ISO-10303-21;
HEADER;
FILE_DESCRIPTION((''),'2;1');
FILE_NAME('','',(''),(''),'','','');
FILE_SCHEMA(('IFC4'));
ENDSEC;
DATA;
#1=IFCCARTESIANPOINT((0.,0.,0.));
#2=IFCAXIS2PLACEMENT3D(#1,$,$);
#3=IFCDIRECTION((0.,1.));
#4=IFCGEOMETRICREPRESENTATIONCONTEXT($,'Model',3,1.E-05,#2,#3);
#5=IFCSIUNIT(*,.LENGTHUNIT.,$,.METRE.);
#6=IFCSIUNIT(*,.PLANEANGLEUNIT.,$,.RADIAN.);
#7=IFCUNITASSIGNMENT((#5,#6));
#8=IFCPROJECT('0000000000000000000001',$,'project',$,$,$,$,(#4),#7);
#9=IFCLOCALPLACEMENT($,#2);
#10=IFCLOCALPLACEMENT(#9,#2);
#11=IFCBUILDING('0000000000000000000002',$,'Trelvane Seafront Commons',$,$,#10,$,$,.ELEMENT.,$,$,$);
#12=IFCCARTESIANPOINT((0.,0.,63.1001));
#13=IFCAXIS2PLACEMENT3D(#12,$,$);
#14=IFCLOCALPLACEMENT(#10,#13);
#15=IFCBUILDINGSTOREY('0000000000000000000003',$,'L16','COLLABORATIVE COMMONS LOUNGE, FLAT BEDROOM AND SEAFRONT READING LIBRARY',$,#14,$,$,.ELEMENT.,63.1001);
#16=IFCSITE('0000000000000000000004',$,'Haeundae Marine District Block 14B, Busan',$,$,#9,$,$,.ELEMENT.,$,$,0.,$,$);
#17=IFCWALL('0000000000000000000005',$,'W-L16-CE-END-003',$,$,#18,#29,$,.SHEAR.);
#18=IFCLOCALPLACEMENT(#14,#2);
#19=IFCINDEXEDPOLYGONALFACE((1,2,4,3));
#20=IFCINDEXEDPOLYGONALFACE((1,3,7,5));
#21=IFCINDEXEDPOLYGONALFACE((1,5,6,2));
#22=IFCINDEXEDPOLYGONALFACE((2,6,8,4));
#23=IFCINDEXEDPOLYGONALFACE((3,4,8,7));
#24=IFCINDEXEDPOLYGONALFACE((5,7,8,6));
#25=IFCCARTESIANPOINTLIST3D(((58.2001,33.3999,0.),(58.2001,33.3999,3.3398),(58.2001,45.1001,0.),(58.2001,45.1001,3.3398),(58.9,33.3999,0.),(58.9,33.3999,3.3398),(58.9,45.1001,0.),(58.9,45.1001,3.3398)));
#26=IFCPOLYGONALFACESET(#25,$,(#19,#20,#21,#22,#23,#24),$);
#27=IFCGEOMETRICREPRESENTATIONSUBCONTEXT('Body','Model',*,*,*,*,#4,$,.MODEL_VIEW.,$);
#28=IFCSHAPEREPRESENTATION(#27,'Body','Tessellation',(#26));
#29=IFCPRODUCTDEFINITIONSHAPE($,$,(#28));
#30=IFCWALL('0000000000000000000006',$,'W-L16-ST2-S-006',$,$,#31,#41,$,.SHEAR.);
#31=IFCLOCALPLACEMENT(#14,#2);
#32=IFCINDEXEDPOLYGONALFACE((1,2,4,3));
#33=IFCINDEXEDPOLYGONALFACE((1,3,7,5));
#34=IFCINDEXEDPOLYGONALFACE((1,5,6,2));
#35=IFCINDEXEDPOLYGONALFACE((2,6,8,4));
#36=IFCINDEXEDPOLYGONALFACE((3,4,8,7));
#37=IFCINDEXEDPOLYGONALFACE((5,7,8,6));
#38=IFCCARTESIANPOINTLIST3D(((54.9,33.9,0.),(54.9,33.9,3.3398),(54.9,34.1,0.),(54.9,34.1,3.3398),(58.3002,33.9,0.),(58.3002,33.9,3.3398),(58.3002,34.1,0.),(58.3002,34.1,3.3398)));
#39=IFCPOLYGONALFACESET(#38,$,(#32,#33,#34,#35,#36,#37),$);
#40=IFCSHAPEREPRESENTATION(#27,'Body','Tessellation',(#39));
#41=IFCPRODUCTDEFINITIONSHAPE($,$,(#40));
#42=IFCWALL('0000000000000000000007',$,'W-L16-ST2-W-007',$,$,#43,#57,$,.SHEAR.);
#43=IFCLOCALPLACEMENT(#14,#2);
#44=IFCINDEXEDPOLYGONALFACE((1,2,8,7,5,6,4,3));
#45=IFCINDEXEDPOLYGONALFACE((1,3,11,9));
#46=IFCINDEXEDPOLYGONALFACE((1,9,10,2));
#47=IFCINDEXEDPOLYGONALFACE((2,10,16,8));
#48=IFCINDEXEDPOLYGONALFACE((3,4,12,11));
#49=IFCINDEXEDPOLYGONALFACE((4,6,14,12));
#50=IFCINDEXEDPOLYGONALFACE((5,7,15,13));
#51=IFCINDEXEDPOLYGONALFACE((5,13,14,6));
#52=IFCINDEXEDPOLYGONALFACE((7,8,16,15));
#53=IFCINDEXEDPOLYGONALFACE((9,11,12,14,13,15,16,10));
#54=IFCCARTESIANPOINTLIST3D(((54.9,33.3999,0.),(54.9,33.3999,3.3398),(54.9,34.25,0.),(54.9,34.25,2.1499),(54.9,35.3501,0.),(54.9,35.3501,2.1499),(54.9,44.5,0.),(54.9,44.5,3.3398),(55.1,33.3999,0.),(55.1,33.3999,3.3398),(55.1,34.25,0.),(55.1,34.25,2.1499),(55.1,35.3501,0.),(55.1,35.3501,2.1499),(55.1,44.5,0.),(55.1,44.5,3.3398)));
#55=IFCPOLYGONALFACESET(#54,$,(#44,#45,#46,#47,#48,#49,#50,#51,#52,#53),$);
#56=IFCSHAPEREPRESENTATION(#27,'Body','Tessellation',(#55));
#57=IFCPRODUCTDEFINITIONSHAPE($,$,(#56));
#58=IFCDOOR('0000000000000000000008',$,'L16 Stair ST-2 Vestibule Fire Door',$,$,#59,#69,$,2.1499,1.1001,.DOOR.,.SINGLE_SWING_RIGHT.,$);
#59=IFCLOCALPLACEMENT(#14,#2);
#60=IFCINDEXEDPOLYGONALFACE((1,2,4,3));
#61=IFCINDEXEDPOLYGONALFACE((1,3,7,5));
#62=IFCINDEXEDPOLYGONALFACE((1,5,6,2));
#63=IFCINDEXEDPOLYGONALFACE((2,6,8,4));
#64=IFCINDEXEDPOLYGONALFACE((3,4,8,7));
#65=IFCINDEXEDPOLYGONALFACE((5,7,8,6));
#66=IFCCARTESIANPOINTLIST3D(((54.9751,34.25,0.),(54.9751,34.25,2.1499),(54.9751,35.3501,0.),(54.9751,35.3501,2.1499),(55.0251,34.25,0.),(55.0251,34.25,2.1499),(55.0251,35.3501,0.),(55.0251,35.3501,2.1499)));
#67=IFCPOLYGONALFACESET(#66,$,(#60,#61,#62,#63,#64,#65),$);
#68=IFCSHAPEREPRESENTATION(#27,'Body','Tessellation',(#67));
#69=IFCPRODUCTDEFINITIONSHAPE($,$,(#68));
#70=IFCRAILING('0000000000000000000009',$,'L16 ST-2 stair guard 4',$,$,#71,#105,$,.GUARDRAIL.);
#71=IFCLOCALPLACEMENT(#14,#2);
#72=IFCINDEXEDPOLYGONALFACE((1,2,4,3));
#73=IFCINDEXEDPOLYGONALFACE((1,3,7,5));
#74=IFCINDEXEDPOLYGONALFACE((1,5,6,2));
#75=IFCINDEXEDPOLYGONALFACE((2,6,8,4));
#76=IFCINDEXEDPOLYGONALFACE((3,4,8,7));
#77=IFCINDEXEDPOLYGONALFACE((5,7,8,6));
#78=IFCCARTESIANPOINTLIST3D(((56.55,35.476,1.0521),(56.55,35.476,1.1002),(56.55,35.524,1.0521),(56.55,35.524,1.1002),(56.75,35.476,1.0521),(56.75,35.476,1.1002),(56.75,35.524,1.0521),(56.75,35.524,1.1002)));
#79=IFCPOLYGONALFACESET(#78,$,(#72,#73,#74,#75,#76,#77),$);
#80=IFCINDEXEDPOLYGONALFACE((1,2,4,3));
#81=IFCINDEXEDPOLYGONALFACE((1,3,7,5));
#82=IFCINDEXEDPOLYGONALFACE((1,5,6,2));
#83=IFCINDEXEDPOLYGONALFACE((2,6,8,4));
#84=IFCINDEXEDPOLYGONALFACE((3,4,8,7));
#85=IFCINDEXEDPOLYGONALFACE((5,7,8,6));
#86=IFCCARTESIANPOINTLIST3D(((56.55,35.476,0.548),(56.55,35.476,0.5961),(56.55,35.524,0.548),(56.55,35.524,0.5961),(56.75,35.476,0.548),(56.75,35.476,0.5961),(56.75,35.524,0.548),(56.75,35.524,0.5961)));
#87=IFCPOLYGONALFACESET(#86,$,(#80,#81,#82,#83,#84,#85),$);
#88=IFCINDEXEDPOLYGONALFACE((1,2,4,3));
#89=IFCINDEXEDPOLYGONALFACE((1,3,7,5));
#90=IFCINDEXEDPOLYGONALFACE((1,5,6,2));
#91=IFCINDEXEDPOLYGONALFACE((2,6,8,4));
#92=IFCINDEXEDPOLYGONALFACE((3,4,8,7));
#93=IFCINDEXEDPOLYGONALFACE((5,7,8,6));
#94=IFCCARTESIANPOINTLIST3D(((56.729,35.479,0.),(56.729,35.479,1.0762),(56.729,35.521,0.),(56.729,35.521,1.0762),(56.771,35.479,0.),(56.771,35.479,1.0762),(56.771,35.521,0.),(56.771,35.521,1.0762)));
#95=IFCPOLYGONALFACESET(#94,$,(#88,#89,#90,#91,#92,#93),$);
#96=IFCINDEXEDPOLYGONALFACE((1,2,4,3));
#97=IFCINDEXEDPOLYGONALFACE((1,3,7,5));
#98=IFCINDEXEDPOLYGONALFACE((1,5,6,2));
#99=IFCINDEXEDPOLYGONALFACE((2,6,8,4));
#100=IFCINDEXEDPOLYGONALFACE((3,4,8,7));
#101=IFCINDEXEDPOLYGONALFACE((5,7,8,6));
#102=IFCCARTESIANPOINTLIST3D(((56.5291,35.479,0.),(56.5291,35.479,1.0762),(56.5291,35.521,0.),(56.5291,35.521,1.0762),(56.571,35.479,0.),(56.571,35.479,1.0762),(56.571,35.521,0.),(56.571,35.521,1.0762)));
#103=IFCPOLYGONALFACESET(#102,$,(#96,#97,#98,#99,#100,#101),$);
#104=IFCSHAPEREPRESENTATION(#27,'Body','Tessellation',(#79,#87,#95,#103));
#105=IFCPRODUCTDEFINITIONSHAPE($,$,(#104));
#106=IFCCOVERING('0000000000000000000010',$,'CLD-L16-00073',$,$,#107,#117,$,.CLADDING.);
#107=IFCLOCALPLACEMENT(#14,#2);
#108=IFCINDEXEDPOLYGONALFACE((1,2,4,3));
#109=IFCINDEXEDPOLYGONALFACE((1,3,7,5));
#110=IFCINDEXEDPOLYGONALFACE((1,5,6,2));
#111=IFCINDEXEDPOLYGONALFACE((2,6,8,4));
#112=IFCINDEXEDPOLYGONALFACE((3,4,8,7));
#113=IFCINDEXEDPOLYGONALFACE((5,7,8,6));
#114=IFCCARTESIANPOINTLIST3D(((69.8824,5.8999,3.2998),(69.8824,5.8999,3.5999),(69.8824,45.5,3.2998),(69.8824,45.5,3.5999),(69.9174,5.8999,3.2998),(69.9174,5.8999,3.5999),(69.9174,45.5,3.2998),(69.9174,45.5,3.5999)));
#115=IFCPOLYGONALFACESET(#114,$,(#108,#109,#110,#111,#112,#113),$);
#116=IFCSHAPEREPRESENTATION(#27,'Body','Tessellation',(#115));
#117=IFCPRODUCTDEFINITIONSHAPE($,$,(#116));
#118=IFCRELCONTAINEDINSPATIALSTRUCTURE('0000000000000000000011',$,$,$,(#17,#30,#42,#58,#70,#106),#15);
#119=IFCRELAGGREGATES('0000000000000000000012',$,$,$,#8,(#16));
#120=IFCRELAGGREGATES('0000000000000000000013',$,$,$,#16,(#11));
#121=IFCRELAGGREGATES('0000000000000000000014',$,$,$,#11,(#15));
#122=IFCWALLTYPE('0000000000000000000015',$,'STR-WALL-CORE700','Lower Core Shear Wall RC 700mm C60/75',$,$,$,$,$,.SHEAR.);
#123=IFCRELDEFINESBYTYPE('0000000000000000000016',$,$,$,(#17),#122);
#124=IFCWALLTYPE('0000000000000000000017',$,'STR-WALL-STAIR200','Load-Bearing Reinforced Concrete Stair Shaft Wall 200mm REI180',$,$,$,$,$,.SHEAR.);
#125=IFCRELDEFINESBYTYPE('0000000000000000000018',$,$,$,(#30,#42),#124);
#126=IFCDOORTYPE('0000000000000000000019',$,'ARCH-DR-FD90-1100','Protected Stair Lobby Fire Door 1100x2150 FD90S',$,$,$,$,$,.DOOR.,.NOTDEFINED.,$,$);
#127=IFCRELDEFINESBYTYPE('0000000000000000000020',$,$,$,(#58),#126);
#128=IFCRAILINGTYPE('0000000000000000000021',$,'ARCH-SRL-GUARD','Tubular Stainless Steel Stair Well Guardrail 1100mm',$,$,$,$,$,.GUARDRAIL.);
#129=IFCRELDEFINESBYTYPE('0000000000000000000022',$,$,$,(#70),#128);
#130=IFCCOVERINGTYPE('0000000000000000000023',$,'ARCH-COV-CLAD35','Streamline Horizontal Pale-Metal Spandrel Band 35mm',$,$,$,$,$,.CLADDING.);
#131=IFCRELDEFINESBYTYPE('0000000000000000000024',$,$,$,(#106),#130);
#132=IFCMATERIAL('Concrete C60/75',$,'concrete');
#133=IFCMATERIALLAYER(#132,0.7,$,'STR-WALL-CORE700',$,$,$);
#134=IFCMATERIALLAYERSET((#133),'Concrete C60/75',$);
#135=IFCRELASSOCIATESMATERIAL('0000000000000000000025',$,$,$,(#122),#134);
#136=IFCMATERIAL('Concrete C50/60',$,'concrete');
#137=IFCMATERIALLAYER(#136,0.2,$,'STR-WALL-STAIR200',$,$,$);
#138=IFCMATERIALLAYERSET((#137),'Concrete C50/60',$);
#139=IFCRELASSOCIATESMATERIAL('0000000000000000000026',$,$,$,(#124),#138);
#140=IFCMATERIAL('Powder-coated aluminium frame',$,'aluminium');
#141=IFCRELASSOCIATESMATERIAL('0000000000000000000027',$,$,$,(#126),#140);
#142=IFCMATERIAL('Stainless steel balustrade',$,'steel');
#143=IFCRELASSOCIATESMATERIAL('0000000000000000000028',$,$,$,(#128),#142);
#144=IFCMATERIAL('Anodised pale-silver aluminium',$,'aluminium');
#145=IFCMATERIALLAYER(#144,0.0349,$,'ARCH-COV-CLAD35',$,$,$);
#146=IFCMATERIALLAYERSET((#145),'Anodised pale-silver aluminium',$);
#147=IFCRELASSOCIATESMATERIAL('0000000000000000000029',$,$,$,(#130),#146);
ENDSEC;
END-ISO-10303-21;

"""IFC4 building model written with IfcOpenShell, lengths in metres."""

from ifc_helpers import new_model, si_unit, direction, frame, frame_2d, origin, origin_2d, place, context, subcontext, project, spatial, rectangle, extrude, source, transform, mapped, material, layer, layer_set, type_object, element, fill, save


model = new_model("IFC4")

# Units and contexts
model_context = context("Model", 3, precision=1e-05, world=origin(), true_north=direction((0.0, 1.0)))
body_context = subcontext(model_context, "Body", "Model", "MODEL_VIEW")
ifc_project = project(units=[si_unit("LENGTHUNIT", "METRE"), si_unit("PLANEANGLEUNIT", "RADIAN")], contexts=[model_context])

# Site, building, storey
site_placement = place(None, origin())
site = spatial("IfcSite", under=ifc_project, at=site_placement, Name="Haeundae Marine District Block 14B, Busan", CompositionType="ELEMENT", RefElevation=0.0)
building_placement = place(site_placement, origin())
building = spatial("IfcBuilding", under=site, at=building_placement, Name="Trelvane Seafront Commons", CompositionType="ELEMENT")
storey_placement = place(building_placement, frame((0.0, 0.0, 63.1001)))
storey = spatial("IfcBuildingStorey", under=building, at=storey_placement, Name="L16", Description="COLLABORATIVE COMMONS LOUNGE, FLAT BEDROOM AND SEAFRONT READING LIBRARY", CompositionType="ELEMENT", Elevation=63.1001)

# Shared definitions
ifc_material_1 = material(Name="Concrete C60/75", Category="concrete")

# Shared definitions
ifc_material_2 = material(Name="Anodised pale-silver aluminium", Category="aluminium")

# Shared definitions
ifc_material_3 = material(Name="Powder-coated aluminium frame", Category="aluminium")

# Walls
ifc_layer_1 = layer(ifc_material_1, 0.7, Name="STR-WALL-CORE700")
ifc_layer_set_1 = layer_set([ifc_layer_1], Name="Concrete C60/75")
wall_type_1 = type_object("IfcWallType", Name="STR-WALL-CORE700", Description="Lower Core Shear Wall RC 700mm C60/75", PredefinedType="SHEAR", material=ifc_layer_set_1)
wall_1_placement = place(storey_placement, frame((58.55, 33.3999, 0.0), z_axis=(0.0, 0.0, 1.0), x_axis=(0.0, 1.0, 0.0)))
element("IfcWall", 1, at=wall_1_placement, inside=storey, type_object=wall_type_1, Name="W-L16-CE-END-003", PredefinedType="SHEAR", context=body_context, shape_type="SweptSolid", body=[
    extrude(rectangle(XDim=11.7002, YDim=0.7, at=frame_2d((5.8501, 0.0))), origin(), (0.0, 0.0, 1.0), 3.3398),
])
ifc_material_4 = material(Name="Concrete C50/60", Category="concrete")
ifc_layer_2 = layer(ifc_material_4, 0.2, Name="STR-WALL-STAIR200")
ifc_layer_set_2 = layer_set([ifc_layer_2], Name="Concrete C50/60")
wall_type_2 = type_object("IfcWallType", Name="STR-WALL-STAIR200", Description="Load-Bearing Reinforced Concrete Stair Shaft Wall 200mm REI180", PredefinedType="SHEAR", material=ifc_layer_set_2)
wall_2_placement = place(storey_placement, frame((54.8999, 34.0, 0.0), z_axis=(0.0, 0.0, 1.0), x_axis=(1.0, 0.0, 0.0)))
element("IfcWall", 2, at=wall_2_placement, inside=storey, type_object=wall_type_2, Name="W-L16-ST2-S-006", PredefinedType="SHEAR", context=body_context, shape_type="SweptSolid", body=[
    extrude(rectangle(XDim=3.4001, YDim=0.2, at=frame_2d((1.7002, 0.0))), origin(), (0.0, 0.0, 1.0), 3.3398),
])

# Wall, opening, door
wall_3_placement = place(storey_placement, frame((55.0, 33.3999, 0.0), z_axis=(0.0, 0.0, 1.0), x_axis=(0.0, 1.0, 0.0)))
wall_3 = element("IfcWall", 3, at=wall_3_placement, inside=storey, type_object=wall_type_2, Name="W-L16-ST2-W-007", PredefinedType="SHEAR", context=body_context, shape_type="SweptSolid", body=[
    extrude(rectangle(XDim=11.1001, YDim=0.2, at=frame_2d((5.55, 0.0))), origin(), (0.0, 0.0, 1.0), 3.3398),
])
opening_1_placement = place(wall_3_placement, frame((0.8501, 0.0, 0.0)))
opening_1 = element("IfcOpeningElement", 4, at=opening_1_placement, cuts=wall_3, PredefinedType="OPENING", context=body_context, shape_type="SweptSolid", body=[
    extrude(rectangle(XDim=1.1001, YDim=2.1499, at=frame_2d((0.55, 1.075))), frame((0.0, 0.1099, 0.0), z_axis=(0.0, -1.0, 0.0), x_axis=(1.0, 0.0, 0.0)), (0.0, 0.0, 1.0), 0.22),
])
door_type_1 = type_object("IfcDoorType", Name="ARCH-DR-FD90-1100", Description="Protected Stair Lobby Fire Door 1100x2150 FD90S", OperationType="NOTDEFINED", PredefinedType="DOOR", material=ifc_material_3)
shared_shape_1 = source(origin(), body_context, "Body", "SweptSolid", [
    extrude(rectangle(XDim=1.1001, YDim=2.1499, at=frame_2d((0.55, 1.075))), frame((0.0, 0.0249, 0.0), z_axis=(0.0, -1.0, 0.0), x_axis=(1.0, 0.0, 0.0)), (0.0, 0.0, 1.0), 0.05),
])
door_1_placement = place(opening_1_placement, origin())
door_1 = element("IfcDoor", 5, at=door_1_placement, inside=storey, type_object=door_type_1, Name="L16 Stair ST-2 Vestibule Fire Door", OperationType="SINGLE_SWING_RIGHT", OverallHeight=2.1499, OverallWidth=1.1001, PredefinedType="DOOR", context=body_context, shape_type="MappedRepresentation", body=[
    mapped(shared_shape_1, transform((0.0, 0.0, 0.0), x_axis=(1.0, 0.0, 0.0), y_axis=(0.0, 1.0, 0.0), z_axis=(0.0, 0.0, 1.0), scale=1.0)),
])
fill(opening_1, door_1)

# Railing
ifc_material_5 = material(Name="Stainless steel balustrade", Category="steel")
railing_type = type_object("IfcRailingType", Name="ARCH-SRL-GUARD", Description="Tubular Stainless Steel Stair Well Guardrail 1100mm", PredefinedType="GUARDRAIL", material=ifc_material_5)
railing_placement = place(storey_placement, frame((56.75, 35.5, 0.0)))
element("IfcRailing", 6, at=railing_placement, inside=storey, type_object=railing_type, Name="L16 ST-2 stair guard 4", PredefinedType="GUARDRAIL", context=body_context, shape_type="SweptSolid", body=[
    extrude(rectangle(XDim=0.0481, YDim=0.0481, at=origin_2d()), frame((0.0, 0.0, 1.0762), z_axis=(-1.0, 0.0, 0.0), x_axis=(0.0, -1.0, 0.0)), (0.0, 0.0, 1.0), 0.2),
    extrude(rectangle(XDim=0.0481, YDim=0.0481, at=origin_2d()), frame((0.0, 0.0, 0.572), z_axis=(-1.0, 0.0, 0.0), x_axis=(0.0, -1.0, 0.0)), (0.0, 0.0, 1.0), 0.2),
    extrude(rectangle(XDim=0.042, YDim=0.042, at=origin_2d()), origin(), (0.0, 0.0, 1.0), 1.0762),
    extrude(rectangle(XDim=0.042, YDim=0.042, at=origin_2d()), frame((-0.2, 0.0, 0.0)), (0.0, 0.0, 1.0), 1.0762),
])

# Covering
ifc_layer_3 = layer(ifc_material_2, 0.0349, Name="ARCH-COV-CLAD35")
ifc_layer_set_3 = layer_set([ifc_layer_3], Name="Anodised pale-silver aluminium")
covering_type = type_object("IfcCoveringType", Name="ARCH-COV-CLAD35", Description="Streamline Horizontal Pale-Metal Spandrel Band 35mm", PredefinedType="CLADDING", material=ifc_layer_set_3)
shared_shape_2 = source(origin(), body_context, "Body", "SweptSolid", [
    extrude(rectangle(XDim=39.6001, YDim=0.0349, at=origin_2d()), origin(), (0.0, 0.0, 1.0), 0.3),
])
covering_placement = place(storey_placement, frame((69.8999, 25.7, 3.2998), z_axis=(0.0, 0.0, 1.0), x_axis=(0.0, -1.0, 0.0)))
element("IfcCovering", 7, at=covering_placement, inside=storey, type_object=covering_type, Name="CLD-L16-00073", PredefinedType="CLADDING", context=body_context, shape_type="MappedRepresentation", body=[
    mapped(shared_shape_2, transform((0.0, 0.0, 0.0), x_axis=(1.0, 0.0, 0.0), y_axis=(0.0, 1.0, 0.0), z_axis=(0.0, 0.0, 1.0), scale=1.0)),
])

save(model, "model.ifc")
